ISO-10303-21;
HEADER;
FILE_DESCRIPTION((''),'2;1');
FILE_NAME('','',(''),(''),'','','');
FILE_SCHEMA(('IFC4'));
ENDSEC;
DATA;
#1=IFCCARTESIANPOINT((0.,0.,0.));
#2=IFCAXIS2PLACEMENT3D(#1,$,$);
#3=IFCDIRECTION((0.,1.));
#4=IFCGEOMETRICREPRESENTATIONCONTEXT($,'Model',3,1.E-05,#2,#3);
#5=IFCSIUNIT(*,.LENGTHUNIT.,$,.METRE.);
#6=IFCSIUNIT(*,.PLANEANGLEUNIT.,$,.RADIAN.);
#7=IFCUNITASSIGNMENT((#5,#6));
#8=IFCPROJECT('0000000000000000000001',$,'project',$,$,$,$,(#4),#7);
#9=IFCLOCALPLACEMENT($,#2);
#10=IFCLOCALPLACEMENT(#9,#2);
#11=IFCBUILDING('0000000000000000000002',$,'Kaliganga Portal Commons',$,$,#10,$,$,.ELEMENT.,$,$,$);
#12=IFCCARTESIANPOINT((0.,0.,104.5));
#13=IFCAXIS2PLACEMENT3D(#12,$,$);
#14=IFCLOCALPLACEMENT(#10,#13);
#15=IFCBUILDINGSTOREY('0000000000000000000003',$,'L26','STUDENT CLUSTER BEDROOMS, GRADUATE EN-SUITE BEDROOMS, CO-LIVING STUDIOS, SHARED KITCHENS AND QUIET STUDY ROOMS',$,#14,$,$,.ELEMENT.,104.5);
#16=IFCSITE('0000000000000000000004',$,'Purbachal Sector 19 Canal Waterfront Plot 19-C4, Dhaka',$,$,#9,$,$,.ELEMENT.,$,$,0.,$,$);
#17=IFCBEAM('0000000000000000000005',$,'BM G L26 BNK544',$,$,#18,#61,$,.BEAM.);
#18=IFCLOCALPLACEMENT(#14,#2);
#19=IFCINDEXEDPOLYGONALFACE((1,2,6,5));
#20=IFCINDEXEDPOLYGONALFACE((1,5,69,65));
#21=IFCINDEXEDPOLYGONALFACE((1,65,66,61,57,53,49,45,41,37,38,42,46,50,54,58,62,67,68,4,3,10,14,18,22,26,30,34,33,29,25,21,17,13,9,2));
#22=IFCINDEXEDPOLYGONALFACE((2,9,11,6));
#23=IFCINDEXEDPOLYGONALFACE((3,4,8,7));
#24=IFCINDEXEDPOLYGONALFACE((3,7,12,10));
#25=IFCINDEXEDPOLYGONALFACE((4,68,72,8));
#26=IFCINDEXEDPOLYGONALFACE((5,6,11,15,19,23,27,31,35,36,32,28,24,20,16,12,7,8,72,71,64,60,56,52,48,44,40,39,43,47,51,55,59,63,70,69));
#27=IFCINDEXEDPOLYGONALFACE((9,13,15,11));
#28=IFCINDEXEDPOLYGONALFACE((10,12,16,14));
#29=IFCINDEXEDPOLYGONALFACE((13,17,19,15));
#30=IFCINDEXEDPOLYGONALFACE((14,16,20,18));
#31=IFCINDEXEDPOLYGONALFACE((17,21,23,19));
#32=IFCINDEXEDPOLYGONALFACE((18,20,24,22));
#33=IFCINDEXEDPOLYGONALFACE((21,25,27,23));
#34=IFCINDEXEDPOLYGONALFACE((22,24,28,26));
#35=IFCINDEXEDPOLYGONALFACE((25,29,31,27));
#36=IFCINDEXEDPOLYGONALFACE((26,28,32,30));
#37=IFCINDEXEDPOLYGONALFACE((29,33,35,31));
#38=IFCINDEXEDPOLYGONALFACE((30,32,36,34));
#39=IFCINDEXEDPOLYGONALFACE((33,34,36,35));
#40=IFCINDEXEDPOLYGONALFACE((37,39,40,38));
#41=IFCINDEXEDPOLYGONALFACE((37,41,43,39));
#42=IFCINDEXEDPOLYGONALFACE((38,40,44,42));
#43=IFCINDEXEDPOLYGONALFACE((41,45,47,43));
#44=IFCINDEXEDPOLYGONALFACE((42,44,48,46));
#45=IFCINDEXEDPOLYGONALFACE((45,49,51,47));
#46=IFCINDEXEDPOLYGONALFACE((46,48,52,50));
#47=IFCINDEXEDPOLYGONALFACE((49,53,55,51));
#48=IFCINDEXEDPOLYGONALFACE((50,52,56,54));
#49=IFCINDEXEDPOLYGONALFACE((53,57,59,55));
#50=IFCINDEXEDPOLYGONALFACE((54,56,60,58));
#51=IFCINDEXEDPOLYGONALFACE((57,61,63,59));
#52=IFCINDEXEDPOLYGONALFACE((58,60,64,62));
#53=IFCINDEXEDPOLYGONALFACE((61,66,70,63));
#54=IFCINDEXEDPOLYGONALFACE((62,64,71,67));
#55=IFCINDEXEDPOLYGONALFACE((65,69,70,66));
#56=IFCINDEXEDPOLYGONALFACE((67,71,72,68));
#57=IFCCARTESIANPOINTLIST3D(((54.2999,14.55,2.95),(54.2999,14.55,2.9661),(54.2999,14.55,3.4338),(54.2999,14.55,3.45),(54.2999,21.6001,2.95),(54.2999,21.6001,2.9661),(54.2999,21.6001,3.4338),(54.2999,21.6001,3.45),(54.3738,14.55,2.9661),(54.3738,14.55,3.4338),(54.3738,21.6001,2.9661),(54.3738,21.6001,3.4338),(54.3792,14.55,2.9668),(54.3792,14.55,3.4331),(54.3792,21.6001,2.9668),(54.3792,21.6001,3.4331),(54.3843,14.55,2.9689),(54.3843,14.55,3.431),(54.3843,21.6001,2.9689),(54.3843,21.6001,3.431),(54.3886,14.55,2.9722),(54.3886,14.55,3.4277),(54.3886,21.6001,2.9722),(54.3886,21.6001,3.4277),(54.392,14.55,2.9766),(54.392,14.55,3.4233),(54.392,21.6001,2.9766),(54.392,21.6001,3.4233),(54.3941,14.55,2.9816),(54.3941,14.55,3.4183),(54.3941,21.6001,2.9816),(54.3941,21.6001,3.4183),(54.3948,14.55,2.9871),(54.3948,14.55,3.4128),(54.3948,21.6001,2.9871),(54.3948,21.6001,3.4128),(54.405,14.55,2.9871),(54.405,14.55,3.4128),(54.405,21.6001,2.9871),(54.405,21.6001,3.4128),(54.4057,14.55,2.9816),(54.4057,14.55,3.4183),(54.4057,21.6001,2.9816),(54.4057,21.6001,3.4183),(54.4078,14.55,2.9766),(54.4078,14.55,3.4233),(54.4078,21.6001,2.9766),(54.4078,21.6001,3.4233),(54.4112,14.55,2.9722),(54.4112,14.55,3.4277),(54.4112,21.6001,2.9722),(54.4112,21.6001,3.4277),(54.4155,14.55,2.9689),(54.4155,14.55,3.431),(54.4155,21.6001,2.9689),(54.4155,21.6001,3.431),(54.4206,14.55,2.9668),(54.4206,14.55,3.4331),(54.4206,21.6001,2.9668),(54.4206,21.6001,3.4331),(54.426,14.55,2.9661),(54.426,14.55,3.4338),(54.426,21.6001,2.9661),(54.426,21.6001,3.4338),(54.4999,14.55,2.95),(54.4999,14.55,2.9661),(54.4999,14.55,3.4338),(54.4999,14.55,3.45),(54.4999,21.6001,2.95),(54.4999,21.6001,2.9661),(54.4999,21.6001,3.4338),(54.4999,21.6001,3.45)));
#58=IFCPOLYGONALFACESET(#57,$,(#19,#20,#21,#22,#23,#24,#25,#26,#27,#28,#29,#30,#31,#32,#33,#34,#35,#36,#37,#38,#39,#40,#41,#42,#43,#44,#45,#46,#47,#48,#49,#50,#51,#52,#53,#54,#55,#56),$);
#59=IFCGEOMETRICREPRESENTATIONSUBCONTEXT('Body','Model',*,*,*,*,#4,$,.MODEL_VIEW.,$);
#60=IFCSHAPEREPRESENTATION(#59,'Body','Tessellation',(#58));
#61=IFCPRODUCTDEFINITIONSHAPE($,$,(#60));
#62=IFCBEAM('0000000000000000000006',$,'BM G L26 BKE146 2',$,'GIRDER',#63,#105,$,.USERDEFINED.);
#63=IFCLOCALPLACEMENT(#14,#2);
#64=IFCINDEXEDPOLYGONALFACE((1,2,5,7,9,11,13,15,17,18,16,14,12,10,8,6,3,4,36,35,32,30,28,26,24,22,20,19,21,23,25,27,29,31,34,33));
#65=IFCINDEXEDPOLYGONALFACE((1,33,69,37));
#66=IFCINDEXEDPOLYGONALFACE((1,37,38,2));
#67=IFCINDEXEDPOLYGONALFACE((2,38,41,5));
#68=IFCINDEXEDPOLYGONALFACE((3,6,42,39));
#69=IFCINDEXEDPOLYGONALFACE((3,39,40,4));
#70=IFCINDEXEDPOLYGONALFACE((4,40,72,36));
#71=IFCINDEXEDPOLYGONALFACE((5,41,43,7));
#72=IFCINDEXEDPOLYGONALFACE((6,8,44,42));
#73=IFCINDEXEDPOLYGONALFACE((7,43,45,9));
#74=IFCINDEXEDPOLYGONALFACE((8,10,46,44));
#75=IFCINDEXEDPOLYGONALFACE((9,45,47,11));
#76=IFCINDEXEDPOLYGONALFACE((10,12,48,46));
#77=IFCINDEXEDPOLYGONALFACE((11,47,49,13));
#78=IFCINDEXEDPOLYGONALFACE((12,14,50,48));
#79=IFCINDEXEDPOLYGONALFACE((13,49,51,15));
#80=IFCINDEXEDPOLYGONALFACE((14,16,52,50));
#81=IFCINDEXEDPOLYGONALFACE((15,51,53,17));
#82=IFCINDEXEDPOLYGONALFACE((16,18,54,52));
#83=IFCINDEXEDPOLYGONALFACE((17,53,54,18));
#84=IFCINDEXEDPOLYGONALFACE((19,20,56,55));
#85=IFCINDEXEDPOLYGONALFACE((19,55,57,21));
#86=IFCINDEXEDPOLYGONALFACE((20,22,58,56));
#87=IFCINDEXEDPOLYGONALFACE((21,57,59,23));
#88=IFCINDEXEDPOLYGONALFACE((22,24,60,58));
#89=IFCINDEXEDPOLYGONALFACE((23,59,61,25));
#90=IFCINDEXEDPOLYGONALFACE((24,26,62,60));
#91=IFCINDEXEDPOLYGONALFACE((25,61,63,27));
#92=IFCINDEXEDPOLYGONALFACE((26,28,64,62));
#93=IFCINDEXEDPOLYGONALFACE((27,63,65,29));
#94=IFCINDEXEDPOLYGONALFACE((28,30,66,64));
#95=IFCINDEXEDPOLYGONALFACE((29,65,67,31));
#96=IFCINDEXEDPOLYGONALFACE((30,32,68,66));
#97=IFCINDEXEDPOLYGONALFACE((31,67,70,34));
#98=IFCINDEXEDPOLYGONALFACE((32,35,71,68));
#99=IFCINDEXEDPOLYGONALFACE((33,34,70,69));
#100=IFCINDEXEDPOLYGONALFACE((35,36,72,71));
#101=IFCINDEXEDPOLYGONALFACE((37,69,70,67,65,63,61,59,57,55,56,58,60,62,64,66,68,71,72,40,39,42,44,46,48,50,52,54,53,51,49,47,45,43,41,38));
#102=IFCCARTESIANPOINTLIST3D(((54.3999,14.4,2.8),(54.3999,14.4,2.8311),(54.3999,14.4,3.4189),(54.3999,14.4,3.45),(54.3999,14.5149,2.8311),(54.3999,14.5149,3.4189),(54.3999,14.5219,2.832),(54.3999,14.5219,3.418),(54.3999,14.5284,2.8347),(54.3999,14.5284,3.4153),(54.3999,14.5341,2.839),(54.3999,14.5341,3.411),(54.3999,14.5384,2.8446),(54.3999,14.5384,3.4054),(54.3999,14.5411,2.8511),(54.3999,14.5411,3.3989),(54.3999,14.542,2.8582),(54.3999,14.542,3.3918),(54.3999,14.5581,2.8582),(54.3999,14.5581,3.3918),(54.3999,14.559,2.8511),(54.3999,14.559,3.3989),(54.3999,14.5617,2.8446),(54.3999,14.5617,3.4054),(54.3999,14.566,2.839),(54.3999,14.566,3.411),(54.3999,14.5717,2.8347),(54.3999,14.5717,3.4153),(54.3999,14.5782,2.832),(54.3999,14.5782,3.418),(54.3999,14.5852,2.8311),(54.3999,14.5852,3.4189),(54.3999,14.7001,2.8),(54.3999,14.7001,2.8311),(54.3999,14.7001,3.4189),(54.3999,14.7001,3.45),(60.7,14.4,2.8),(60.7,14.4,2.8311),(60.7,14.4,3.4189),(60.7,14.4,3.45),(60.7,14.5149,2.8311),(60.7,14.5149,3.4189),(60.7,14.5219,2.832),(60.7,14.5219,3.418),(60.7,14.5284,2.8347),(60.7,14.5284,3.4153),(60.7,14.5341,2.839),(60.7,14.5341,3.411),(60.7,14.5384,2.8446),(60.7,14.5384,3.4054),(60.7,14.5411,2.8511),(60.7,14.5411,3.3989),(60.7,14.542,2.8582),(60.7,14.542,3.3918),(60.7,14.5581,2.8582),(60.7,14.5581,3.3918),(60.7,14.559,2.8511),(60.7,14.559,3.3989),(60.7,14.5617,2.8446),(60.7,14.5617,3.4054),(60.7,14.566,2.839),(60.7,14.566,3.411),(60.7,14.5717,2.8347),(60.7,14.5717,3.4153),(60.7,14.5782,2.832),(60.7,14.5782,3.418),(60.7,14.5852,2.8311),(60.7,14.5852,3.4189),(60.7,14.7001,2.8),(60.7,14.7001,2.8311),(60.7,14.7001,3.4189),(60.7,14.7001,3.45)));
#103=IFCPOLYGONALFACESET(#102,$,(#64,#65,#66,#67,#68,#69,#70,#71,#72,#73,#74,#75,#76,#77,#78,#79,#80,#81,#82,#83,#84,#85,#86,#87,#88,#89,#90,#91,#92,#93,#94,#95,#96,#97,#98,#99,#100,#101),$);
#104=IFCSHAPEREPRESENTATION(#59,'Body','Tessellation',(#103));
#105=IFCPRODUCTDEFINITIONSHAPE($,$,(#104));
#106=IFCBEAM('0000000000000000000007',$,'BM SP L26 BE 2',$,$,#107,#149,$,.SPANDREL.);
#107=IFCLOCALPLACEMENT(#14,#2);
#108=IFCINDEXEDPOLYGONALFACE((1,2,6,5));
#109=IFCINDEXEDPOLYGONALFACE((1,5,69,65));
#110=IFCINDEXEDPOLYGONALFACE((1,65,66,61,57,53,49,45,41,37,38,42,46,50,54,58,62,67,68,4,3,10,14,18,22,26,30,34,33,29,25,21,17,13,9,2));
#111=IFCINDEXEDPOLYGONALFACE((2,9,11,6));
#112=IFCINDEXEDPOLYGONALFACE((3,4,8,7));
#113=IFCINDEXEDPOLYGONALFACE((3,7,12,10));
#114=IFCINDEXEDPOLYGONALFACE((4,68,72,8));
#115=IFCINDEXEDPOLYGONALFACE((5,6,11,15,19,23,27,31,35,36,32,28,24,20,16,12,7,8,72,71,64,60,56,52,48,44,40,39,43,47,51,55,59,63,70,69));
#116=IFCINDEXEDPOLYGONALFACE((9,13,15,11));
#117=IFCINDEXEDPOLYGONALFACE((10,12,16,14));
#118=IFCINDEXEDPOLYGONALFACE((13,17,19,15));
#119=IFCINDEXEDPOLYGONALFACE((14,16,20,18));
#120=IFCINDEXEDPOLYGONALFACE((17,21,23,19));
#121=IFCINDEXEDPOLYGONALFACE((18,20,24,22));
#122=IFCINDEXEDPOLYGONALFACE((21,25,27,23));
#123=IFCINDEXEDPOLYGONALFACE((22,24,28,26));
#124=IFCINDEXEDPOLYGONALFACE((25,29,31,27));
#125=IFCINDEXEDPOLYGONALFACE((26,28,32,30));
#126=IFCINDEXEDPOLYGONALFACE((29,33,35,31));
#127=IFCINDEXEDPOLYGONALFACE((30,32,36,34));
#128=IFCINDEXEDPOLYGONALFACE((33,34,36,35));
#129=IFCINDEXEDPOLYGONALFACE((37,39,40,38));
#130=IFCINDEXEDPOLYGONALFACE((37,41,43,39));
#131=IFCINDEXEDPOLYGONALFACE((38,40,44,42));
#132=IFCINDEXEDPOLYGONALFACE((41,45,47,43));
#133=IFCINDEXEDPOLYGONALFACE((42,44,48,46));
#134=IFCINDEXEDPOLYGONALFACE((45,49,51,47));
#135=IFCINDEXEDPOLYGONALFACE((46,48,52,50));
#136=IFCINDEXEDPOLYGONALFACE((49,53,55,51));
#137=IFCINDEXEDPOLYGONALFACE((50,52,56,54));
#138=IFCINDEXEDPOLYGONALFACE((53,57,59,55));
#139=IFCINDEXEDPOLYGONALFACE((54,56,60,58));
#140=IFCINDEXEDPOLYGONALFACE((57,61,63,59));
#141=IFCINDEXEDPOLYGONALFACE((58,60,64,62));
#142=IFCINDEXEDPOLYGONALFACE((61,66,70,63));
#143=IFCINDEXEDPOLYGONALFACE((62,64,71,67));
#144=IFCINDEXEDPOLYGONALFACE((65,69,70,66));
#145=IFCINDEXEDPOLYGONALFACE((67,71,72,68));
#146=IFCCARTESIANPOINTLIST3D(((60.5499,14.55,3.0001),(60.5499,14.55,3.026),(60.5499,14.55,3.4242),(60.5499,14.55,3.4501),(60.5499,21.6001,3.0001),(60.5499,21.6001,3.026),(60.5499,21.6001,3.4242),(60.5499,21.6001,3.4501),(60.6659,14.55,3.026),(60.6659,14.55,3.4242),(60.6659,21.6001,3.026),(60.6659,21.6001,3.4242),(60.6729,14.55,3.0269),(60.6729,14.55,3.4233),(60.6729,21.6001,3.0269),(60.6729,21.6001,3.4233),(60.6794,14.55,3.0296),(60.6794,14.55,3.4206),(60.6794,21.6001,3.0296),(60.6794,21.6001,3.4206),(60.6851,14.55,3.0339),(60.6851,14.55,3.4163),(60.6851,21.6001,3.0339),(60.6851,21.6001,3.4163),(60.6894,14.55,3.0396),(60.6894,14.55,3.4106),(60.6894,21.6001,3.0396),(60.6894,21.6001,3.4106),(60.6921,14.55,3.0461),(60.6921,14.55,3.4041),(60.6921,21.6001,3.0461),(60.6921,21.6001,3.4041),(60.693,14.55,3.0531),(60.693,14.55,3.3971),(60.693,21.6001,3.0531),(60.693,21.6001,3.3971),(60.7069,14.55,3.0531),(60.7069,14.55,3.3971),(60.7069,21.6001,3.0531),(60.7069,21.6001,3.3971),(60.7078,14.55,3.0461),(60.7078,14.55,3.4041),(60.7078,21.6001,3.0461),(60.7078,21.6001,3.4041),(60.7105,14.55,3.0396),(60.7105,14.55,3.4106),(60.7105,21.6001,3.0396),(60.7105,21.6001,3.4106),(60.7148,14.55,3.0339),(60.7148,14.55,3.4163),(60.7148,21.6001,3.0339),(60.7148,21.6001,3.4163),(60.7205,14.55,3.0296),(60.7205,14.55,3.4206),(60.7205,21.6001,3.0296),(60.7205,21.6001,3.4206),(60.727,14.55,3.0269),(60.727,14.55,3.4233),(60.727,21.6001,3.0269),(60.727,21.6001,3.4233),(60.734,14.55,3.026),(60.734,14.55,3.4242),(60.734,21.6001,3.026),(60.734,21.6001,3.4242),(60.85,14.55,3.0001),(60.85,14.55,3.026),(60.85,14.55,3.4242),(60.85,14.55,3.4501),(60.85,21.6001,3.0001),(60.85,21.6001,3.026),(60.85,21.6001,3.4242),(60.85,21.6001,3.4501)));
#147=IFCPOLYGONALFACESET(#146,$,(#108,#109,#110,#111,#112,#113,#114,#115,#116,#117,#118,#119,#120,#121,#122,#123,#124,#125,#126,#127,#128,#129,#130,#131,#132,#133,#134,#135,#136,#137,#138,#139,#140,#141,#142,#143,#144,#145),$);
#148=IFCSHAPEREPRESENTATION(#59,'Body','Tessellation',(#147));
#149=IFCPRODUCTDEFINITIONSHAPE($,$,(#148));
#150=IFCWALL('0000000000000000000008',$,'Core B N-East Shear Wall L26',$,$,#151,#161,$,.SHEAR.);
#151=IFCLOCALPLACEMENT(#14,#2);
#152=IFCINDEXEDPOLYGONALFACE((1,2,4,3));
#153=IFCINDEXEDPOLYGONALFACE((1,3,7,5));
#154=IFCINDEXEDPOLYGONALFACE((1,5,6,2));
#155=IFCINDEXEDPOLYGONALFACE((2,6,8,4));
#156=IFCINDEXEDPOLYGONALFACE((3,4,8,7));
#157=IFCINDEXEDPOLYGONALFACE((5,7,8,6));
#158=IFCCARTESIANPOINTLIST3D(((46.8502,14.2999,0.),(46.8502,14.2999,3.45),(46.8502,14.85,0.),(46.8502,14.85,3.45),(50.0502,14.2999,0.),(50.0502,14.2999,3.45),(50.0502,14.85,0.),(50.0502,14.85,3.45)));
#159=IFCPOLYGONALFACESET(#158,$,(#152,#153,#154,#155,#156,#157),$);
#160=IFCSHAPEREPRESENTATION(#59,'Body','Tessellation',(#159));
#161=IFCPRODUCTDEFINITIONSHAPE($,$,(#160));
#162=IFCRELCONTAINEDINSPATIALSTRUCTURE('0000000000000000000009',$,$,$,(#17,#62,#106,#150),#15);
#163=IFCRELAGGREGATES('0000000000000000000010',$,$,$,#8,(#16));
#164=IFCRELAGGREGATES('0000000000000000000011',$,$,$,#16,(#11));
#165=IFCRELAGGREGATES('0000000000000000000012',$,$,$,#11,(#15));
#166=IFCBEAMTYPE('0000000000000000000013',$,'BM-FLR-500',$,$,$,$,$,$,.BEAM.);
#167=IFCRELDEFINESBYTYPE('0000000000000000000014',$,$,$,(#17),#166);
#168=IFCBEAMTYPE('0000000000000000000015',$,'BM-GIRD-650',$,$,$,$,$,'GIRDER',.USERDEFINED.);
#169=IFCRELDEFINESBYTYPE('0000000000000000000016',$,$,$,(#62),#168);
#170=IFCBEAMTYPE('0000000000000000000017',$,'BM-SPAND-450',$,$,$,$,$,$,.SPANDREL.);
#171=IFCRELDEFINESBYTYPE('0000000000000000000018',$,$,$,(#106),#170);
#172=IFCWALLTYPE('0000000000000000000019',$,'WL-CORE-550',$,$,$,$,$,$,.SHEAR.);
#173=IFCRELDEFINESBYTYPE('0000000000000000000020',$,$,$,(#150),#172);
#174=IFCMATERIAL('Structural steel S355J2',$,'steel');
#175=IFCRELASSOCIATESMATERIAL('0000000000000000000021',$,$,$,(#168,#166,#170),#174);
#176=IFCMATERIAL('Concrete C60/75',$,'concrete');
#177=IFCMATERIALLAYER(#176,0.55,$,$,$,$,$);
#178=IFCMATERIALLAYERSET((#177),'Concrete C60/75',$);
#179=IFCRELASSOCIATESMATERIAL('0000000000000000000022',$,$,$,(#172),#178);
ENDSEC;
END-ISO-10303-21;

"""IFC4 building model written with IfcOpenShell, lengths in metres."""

from ifc_helpers import new_model, si_unit, direction, frame, frame_2d, origin, origin_2d, place, context, subcontext, project, spatial, rectangle, i_section, extrude, source, transform, mapped, material, layer, layer_set, material_profile, profile_set, type_object, element, save


model = new_model("IFC4")

# Units and contexts
model_context = context("Model", 3, precision=1e-05, world=origin(), true_north=direction((0.0, 1.0)))
body_context = subcontext(model_context, "Body", "Model", "MODEL_VIEW")
ifc_project = project(units=[si_unit("LENGTHUNIT", "METRE"), si_unit("PLANEANGLEUNIT", "RADIAN")], contexts=[model_context])

# Site, building, storey
site_placement = place(None, origin())
site = spatial("IfcSite", under=ifc_project, at=site_placement, Name="Purbachal Sector 19 Canal Waterfront Plot 19-C4, Dhaka", CompositionType="ELEMENT", RefElevation=0.0)
building_placement = place(site_placement, origin())
building = spatial("IfcBuilding", under=site, at=building_placement, Name="Kaliganga Portal Commons", CompositionType="ELEMENT")
storey_placement = place(building_placement, frame((0.0, 0.0, 104.5)))
storey = spatial("IfcBuildingStorey", under=building, at=storey_placement, Name="L26", Description="STUDENT CLUSTER BEDROOMS, GRADUATE EN-SUITE BEDROOMS, CO-LIVING STUDIOS, SHARED KITCHENS AND QUIET STUDY ROOMS", CompositionType="ELEMENT", Elevation=104.5)

# Shared definitions
ifc_material_1 = material(Name="Concrete C60/75", Category="concrete")

# Beams
ifc_material_2 = material(Name="Structural steel S355J2", Category="steel")
ifc_material_profile_1 = material_profile(ifc_material_2, i_section(OverallWidth=0.3, OverallDepth=0.6499, WebThickness=0.0161, FlangeThickness=0.031, FilletRadius=0.0271, at=origin_2d()), Name="HE 650 B")
ifc_profile_set_1 = profile_set([ifc_material_profile_1], Name="Structural steel S355J2 wide-flange")
beam_type_1 = type_object("IfcBeamType", Name="BM-GIRD-650", ElementType="GIRDER", PredefinedType="USERDEFINED", material=ifc_profile_set_1)
ifc_material_profile_2 = material_profile(ifc_material_2, i_section(OverallWidth=0.2, OverallDepth=0.5, WebThickness=0.0103, FlangeThickness=0.0161, FilletRadius=0.021, at=origin_2d()), Name="IPE 500")
ifc_profile_set_2 = profile_set([ifc_material_profile_2], Name="Structural steel S355J2 wide-flange")
beam_type_2 = type_object("IfcBeamType", Name="BM-FLR-500", PredefinedType="BEAM", material=ifc_profile_set_2)
shared_shape_1 = source(origin(), body_context, "Body", "SweptSolid", [
    extrude(i_section(OverallWidth=0.2, OverallDepth=0.5, WebThickness=0.0103, FlangeThickness=0.0161, FilletRadius=0.021, at=origin_2d()), origin(), (0.0, 0.0, 1.0), 7.05),
])
for number, where, z_axis, x_axis, name in (
    (1, (54.3999, 14.55, 3.2), (0.0, 1.0, 0.0), (-1.0, 0.0, 0.0), "BM G L26 BNK544"),
):
    element("IfcBeam", number, at=place(storey_placement, frame(where, z_axis=z_axis, x_axis=x_axis)), inside=storey, type_object=beam_type_2, Name=name, PredefinedType="BEAM", context=body_context, shape_type="MappedRepresentation", body=[
        mapped(shared_shape_1, transform((0.0, 0.0, 0.0), x_axis=(1.0, 0.0, 0.0), y_axis=(0.0, 1.0, 0.0), z_axis=(0.0, 0.0, 1.0), scale=1.0)),
    ])
shared_shape_2 = source(origin(), body_context, "Body", "SweptSolid", [
    extrude(i_section(OverallWidth=0.3, OverallDepth=0.6499, WebThickness=0.0161, FlangeThickness=0.031, FilletRadius=0.0271, at=origin_2d()), origin(), (0.0, 0.0, 1.0), 6.3),
])
beam_1_placement = place(storey_placement, frame((54.3999, 14.55, 3.125), z_axis=(1.0, 0.0, 0.0), x_axis=(0.0, 1.0, 0.0)))
element("IfcBeam", 2, at=beam_1_placement, inside=storey, type_object=beam_type_1, Name="BM G L26 BKE146 2", ObjectType="GIRDER", PredefinedType="USERDEFINED", context=body_context, shape_type="MappedRepresentation", body=[
    mapped(shared_shape_2, transform((0.0, 0.0, 0.0), x_axis=(1.0, 0.0, 0.0), y_axis=(0.0, 1.0, 0.0), z_axis=(0.0, 0.0, 1.0), scale=1.0)),
])
ifc_material_profile_3 = material_profile(ifc_material_2, i_section(OverallWidth=0.3, OverallDepth=0.45, WebThickness=0.0139, FlangeThickness=0.0259, FilletRadius=0.0271, at=origin_2d()), Name="HE 450 B")
ifc_profile_set_3 = profile_set([ifc_material_profile_3], Name="Structural steel S355J2 wide-flange")
beam_type_3 = type_object("IfcBeamType", Name="BM-SPAND-450", PredefinedType="SPANDREL", material=ifc_profile_set_3)
shared_shape_3 = source(origin(), body_context, "Body", "SweptSolid", [
    extrude(i_section(OverallWidth=0.3, OverallDepth=0.45, WebThickness=0.0139, FlangeThickness=0.0259, FilletRadius=0.0271, at=origin_2d()), origin(), (0.0, 0.0, 1.0), 7.05),
])
beam_2_placement = place(storey_placement, frame((60.7, 14.55, 3.2251), z_axis=(0.0, 1.0, 0.0), x_axis=(-1.0, 0.0, 0.0)))
element("IfcBeam", 3, at=beam_2_placement, inside=storey, type_object=beam_type_3, Name="BM SP L26 BE 2", PredefinedType="SPANDREL", context=body_context, shape_type="MappedRepresentation", body=[
    mapped(shared_shape_3, transform((0.0, 0.0, 0.0), x_axis=(1.0, 0.0, 0.0), y_axis=(0.0, 1.0, 0.0), z_axis=(0.0, 0.0, 1.0), scale=1.0)),
])

# Wall
ifc_layer_1 = layer(ifc_material_1, 0.55)
ifc_layer_set_1 = layer_set([ifc_layer_1], Name="Concrete C60/75")
wall_type_1 = type_object("IfcWallType", Name="WL-CORE-550", PredefinedType="SHEAR", material=ifc_layer_set_1)
wall_1_placement = place(storey_placement, frame((46.8501, 14.575, 0.0), z_axis=(0.0, 0.0, 1.0), x_axis=(1.0, 0.0, 0.0)))
element("IfcWall", 4, at=wall_1_placement, inside=storey, type_object=wall_type_1, Name="Core B N-East Shear Wall L26", PredefinedType="SHEAR", context=body_context, shape_type="SweptSolid", body=[
    extrude(rectangle(XDim=3.2, YDim=0.55, at=frame_2d((1.6001, 0.0))), origin(), (0.0, 0.0, 1.0), 3.45),
])

save(model, "model.ifc")
